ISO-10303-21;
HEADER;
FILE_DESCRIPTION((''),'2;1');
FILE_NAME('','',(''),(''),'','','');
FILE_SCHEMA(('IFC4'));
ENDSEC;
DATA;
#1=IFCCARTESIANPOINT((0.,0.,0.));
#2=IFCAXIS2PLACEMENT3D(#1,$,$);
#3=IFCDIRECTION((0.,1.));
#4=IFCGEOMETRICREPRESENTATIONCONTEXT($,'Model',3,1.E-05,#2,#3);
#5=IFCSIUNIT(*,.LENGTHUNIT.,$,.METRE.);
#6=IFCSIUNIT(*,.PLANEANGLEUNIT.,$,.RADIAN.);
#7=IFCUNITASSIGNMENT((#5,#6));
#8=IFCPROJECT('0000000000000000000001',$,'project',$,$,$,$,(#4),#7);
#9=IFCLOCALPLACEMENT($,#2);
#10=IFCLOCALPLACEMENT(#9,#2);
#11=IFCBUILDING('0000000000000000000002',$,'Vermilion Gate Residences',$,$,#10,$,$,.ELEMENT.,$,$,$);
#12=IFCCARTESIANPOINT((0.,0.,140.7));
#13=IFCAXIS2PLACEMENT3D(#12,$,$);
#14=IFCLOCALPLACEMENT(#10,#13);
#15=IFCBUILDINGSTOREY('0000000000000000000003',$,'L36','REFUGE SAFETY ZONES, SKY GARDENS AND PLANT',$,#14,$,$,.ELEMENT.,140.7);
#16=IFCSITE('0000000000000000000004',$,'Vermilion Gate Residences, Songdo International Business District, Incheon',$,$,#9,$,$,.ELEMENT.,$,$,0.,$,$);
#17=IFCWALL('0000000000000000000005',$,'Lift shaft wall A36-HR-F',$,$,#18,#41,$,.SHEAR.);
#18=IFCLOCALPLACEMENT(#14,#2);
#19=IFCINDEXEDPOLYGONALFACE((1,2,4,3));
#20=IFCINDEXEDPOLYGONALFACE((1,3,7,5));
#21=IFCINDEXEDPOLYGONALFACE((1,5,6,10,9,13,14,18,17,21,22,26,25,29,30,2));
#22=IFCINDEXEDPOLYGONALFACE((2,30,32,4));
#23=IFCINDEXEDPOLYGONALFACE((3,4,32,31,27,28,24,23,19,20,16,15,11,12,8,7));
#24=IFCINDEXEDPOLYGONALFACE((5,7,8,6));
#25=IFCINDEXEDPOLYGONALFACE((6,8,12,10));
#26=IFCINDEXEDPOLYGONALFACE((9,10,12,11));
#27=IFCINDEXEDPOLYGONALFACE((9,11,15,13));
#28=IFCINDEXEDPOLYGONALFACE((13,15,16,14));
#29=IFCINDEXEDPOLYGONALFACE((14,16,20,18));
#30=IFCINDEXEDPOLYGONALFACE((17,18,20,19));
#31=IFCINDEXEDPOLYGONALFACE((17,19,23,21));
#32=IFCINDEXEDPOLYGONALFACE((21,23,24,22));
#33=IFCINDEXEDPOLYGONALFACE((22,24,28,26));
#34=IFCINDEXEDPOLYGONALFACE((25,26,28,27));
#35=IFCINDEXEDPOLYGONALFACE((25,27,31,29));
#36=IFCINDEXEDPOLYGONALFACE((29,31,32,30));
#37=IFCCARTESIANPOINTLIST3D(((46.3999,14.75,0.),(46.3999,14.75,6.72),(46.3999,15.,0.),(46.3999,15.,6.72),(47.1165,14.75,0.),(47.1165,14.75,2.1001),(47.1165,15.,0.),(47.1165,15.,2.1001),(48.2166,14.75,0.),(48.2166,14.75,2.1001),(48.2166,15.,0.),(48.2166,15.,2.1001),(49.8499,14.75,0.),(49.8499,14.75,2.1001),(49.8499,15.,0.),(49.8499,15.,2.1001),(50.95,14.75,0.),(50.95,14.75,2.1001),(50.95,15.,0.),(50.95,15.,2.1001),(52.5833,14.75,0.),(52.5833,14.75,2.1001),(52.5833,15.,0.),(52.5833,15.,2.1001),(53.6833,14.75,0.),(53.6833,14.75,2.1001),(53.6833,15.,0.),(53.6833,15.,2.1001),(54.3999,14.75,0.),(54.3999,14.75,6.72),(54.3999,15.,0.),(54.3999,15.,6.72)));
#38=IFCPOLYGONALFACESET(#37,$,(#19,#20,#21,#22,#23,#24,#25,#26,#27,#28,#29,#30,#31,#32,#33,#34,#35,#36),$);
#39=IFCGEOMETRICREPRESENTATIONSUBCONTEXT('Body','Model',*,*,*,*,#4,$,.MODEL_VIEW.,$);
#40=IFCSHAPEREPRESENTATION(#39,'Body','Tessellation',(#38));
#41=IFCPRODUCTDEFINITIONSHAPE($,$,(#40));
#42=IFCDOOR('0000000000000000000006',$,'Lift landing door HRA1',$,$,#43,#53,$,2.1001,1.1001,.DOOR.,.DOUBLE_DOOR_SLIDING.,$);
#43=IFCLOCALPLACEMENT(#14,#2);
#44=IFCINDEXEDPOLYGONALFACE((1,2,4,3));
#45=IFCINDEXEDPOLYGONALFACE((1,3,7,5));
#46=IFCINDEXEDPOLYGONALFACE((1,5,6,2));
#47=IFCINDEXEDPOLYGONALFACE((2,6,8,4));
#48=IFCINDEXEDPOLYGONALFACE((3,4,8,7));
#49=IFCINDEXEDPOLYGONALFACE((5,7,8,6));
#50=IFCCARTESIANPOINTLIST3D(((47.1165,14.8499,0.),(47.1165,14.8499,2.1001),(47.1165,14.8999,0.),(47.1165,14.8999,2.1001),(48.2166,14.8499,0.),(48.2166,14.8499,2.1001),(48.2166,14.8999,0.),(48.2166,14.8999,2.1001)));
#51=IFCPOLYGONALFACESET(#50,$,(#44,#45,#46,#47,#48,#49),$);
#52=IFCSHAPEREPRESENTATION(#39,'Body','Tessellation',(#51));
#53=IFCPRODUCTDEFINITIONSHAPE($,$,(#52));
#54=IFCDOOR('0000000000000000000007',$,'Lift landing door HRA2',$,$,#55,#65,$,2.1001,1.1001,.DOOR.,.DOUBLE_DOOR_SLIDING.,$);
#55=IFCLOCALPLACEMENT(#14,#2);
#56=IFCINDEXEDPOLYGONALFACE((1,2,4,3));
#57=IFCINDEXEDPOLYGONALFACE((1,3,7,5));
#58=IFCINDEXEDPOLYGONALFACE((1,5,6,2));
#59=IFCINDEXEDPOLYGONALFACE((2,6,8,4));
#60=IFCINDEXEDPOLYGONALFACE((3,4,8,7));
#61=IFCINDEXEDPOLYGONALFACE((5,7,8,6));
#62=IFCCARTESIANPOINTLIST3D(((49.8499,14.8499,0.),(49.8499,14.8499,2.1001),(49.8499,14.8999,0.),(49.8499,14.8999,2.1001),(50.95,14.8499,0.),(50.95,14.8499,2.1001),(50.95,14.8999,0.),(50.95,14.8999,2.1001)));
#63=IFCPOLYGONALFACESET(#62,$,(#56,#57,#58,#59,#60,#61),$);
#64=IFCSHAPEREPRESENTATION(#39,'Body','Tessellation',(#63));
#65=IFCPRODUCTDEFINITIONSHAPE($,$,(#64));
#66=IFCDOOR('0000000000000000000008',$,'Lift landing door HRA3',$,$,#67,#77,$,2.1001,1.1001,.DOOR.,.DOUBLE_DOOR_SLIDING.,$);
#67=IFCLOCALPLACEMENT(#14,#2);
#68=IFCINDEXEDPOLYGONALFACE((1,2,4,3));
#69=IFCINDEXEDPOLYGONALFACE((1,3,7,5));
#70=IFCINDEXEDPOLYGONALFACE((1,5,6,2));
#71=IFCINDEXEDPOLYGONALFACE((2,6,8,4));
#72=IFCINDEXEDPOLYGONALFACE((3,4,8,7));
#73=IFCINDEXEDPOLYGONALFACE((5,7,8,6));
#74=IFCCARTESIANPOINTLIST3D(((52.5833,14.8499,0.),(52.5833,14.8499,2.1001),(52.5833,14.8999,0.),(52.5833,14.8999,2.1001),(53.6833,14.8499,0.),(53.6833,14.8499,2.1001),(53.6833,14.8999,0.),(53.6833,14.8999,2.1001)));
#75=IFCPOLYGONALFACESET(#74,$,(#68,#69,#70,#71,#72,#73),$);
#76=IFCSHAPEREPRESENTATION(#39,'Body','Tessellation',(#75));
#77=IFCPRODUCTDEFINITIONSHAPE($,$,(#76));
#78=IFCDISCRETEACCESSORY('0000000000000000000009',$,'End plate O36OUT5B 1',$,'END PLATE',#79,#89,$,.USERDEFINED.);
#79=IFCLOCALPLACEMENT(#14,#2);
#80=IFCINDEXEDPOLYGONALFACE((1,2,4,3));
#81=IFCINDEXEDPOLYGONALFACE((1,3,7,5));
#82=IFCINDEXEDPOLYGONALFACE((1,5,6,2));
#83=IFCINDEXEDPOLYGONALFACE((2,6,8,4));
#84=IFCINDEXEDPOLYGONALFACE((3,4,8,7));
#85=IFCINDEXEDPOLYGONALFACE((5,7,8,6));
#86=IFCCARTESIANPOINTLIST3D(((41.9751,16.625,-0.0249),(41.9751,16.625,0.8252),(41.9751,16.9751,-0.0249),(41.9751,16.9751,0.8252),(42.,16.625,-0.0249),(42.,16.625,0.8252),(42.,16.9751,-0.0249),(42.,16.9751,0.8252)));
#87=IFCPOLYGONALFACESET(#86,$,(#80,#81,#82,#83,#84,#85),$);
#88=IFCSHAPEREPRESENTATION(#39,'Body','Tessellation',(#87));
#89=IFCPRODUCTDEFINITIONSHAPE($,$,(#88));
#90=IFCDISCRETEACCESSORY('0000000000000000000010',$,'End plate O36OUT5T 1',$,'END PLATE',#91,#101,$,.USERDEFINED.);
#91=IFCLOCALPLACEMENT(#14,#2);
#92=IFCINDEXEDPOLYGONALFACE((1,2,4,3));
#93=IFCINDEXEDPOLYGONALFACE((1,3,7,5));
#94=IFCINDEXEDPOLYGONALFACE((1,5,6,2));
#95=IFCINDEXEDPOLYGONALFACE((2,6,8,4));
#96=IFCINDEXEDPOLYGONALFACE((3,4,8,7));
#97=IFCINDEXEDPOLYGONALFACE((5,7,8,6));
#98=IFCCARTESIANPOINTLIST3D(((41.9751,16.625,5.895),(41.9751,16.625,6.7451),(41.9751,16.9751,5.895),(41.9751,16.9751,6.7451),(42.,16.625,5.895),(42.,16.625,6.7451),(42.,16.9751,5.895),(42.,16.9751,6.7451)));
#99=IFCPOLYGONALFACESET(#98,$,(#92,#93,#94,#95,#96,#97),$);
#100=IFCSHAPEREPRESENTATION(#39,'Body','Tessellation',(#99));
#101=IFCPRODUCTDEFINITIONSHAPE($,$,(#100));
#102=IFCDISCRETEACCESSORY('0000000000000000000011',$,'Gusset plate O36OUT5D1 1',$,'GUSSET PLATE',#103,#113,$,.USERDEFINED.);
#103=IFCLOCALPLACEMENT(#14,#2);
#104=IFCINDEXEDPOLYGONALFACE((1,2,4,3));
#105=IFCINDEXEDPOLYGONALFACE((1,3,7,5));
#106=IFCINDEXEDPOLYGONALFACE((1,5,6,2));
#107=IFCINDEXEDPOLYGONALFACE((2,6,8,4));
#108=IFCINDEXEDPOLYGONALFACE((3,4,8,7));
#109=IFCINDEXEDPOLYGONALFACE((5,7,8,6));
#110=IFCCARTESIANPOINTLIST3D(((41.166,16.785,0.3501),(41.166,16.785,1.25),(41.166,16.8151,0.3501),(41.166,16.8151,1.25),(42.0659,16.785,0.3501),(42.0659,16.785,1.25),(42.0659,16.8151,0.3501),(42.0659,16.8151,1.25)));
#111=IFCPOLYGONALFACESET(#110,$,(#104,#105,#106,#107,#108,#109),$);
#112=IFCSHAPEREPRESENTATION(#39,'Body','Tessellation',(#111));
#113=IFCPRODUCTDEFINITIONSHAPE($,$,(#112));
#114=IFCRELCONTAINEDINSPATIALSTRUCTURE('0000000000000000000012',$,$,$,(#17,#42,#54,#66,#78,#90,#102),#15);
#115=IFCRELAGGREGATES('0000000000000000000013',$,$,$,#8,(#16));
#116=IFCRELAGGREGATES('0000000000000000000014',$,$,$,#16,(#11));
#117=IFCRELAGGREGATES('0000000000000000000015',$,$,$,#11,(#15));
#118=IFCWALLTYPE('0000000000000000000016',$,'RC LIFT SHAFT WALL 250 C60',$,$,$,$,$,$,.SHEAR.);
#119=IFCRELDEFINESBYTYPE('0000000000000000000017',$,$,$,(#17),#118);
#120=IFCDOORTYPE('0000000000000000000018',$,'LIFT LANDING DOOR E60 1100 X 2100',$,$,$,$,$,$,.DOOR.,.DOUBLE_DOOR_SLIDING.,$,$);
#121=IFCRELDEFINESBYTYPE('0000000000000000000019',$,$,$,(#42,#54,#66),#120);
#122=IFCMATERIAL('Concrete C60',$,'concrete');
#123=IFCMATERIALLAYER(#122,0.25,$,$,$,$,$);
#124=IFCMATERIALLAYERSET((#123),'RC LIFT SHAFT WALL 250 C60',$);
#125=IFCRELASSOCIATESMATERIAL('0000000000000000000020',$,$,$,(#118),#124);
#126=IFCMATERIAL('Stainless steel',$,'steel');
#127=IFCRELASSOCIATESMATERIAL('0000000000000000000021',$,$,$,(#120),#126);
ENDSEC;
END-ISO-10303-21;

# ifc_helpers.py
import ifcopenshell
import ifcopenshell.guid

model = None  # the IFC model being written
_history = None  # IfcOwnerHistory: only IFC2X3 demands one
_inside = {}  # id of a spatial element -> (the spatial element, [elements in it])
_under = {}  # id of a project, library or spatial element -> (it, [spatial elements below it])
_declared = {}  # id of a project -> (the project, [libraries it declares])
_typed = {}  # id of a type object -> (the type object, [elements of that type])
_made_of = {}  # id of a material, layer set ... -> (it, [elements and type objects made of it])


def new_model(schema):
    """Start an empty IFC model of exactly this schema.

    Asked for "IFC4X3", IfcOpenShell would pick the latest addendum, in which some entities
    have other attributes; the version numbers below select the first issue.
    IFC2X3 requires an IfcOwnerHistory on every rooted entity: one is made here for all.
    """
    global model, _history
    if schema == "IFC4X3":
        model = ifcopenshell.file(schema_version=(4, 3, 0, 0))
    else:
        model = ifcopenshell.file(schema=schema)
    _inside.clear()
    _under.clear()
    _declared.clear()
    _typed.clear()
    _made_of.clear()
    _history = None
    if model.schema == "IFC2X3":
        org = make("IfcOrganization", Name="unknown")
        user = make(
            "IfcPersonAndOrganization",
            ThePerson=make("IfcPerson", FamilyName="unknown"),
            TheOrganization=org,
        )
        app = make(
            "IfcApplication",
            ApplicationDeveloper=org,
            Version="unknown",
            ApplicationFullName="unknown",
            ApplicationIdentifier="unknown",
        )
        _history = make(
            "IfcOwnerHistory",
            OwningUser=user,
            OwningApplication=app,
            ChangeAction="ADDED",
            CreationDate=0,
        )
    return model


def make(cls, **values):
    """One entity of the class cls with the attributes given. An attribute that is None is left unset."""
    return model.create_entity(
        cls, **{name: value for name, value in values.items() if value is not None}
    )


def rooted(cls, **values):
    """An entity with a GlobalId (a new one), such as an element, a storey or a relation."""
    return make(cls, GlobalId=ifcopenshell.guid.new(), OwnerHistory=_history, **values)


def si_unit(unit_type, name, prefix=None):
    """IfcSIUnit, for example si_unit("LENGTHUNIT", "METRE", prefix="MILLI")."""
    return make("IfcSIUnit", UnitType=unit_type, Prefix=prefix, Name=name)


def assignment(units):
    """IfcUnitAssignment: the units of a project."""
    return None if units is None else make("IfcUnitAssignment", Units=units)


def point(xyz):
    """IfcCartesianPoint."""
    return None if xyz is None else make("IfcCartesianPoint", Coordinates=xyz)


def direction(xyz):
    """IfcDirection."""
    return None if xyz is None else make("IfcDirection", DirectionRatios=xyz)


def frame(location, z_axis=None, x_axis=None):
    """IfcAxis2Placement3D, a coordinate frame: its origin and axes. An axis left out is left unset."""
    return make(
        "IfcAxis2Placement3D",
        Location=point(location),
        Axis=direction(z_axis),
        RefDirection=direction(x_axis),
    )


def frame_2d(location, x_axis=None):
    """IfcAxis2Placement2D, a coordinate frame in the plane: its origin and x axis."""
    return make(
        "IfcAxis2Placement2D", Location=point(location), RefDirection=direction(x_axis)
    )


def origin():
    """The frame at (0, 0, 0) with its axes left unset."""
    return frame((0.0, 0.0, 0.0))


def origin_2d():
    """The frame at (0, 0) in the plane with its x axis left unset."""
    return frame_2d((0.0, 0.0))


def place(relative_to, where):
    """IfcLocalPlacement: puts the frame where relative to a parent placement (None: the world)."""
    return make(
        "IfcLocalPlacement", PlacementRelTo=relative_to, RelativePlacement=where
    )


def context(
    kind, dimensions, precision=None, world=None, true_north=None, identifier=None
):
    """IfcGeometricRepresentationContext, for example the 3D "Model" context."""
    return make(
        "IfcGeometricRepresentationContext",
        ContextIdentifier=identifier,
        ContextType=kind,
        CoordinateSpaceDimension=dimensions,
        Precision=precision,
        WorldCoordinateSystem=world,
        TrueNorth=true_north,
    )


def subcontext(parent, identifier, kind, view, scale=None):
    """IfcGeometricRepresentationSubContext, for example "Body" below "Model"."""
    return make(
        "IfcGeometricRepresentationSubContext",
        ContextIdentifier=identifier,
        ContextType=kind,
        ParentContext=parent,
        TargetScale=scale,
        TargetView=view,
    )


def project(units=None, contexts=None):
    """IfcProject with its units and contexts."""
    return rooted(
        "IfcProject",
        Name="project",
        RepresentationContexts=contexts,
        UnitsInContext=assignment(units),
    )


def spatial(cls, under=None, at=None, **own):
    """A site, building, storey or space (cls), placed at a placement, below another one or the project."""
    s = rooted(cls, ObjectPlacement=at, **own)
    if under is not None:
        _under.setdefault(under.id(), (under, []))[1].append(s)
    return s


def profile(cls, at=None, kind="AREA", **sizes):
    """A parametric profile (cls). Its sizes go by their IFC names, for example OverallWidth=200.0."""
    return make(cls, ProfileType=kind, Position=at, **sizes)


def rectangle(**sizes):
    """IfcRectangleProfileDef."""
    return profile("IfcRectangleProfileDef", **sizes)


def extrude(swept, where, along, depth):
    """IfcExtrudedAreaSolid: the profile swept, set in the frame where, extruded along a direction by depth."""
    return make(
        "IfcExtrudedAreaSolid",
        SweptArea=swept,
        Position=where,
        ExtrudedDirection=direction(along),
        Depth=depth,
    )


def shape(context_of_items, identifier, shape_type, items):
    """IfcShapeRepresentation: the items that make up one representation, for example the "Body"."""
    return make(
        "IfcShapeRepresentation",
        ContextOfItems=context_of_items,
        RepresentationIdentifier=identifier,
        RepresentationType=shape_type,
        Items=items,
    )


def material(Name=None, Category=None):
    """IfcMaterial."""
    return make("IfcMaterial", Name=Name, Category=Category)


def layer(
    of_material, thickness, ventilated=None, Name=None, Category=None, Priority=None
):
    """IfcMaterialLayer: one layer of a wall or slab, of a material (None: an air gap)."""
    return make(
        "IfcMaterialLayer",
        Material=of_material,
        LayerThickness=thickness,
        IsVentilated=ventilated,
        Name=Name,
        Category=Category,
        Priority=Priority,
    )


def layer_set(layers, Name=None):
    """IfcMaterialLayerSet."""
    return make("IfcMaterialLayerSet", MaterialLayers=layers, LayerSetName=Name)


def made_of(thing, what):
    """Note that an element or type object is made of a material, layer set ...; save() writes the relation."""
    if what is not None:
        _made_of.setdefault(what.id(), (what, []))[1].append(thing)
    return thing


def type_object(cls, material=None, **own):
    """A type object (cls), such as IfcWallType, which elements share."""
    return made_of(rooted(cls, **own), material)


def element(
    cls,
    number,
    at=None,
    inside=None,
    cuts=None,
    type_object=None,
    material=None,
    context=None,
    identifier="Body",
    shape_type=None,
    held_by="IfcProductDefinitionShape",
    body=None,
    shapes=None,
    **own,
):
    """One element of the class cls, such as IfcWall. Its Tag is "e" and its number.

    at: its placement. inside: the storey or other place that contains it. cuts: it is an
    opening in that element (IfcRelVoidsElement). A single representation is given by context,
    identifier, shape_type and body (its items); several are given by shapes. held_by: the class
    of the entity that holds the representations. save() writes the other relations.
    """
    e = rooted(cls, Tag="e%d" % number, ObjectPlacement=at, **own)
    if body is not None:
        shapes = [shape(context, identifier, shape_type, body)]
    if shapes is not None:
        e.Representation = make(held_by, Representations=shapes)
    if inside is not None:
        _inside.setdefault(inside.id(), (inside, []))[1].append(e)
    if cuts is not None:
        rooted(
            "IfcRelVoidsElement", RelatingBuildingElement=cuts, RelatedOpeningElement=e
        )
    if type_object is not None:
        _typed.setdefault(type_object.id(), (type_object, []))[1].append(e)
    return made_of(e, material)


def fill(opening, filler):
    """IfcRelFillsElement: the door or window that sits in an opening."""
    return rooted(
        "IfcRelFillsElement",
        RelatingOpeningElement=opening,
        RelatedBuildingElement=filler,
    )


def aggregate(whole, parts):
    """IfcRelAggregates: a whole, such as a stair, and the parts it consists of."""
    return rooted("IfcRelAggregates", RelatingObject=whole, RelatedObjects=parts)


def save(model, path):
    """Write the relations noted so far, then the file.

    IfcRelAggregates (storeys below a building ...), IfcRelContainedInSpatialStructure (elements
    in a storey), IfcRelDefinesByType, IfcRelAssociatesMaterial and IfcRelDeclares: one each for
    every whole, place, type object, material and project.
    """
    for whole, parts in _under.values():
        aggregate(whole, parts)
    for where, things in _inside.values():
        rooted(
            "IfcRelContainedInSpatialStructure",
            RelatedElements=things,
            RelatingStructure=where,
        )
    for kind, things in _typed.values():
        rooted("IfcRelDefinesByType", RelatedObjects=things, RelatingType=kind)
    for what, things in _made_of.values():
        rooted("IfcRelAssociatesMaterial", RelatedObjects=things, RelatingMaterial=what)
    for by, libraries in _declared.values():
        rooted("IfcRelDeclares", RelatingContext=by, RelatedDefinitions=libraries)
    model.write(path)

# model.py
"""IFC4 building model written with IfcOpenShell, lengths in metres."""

from ifc_helpers import new_model, si_unit, direction, frame, frame_2d, origin, origin_2d, place, context, subcontext, project, spatial, rectangle, extrude, material, layer, layer_set, type_object, element, fill, save


model = new_model("IFC4")

# Units and contexts
model_context = context("Model", 3, precision=1e-05, world=origin(), true_north=direction((0.0, 1.0)))
body_context = subcontext(model_context, "Body", "Model", "MODEL_VIEW")
ifc_project = project(units=[si_unit("LENGTHUNIT", "METRE"), si_unit("PLANEANGLEUNIT", "RADIAN")], contexts=[model_context])

# Site, building, storey
site_placement = place(None, origin())
site = spatial("IfcSite", under=ifc_project, at=site_placement, Name="Vermilion Gate Residences, Songdo International Business District, Incheon", CompositionType="ELEMENT", RefElevation=0.0)
building_placement = place(site_placement, origin())
building = spatial("IfcBuilding", under=site, at=building_placement, Name="Vermilion Gate Residences", CompositionType="ELEMENT")
storey_placement = place(building_placement, frame((0.0, 0.0, 140.7)))
storey = spatial("IfcBuildingStorey", under=building, at=storey_placement, Name="L36", Description="REFUGE SAFETY ZONES, SKY GARDENS AND PLANT", CompositionType="ELEMENT", Elevation=140.7)

# Wall, openings, doors
ifc_material_1 = material(Name="Concrete C60", Category="concrete")
ifc_layer_1 = layer(ifc_material_1, 0.25)
ifc_layer_set_1 = layer_set([ifc_layer_1], Name="RC LIFT SHAFT WALL 250 C60")
wall_type_1 = type_object("IfcWallType", Name="RC LIFT SHAFT WALL 250 C60", PredefinedType="SHEAR", material=ifc_layer_set_1)
ifc_material_2 = material(Name="Stainless steel", Category="steel")
door_type_1 = type_object("IfcDoorType", Name="LIFT LANDING DOOR E60 1100 X 2100", OperationType="DOUBLE_DOOR_SLIDING", PredefinedType="DOOR", material=ifc_material_2)
wall_1_placement = place(storey_placement, frame((46.3999, 14.875, 0.0), z_axis=(0.0, 0.0, 1.0), x_axis=(1.0, 0.0, 0.0)))
wall_1 = element("IfcWall", 1, at=wall_1_placement, inside=storey, type_object=wall_type_1, Name="Lift shaft wall A36-HR-F", PredefinedType="SHEAR", context=body_context, shape_type="SweptSolid", body=[
    extrude(rectangle(XDim=8.0, YDim=0.25, at=frame_2d((4.0, 0.0))), origin(), (0.0, 0.0, 1.0), 6.72),
])
opening_1_placement = place(wall_1_placement, frame((0.7166, 0.0, 0.0)))
opening_1 = element("IfcOpeningElement", 2, at=opening_1_placement, cuts=wall_1, PredefinedType="OPENING", context=body_context, shape_type="SweptSolid", body=[
    extrude(rectangle(XDim=1.1001, YDim=2.1001, at=frame_2d((0.55, 1.05))), frame((0.0, 0.135, 0.0), z_axis=(0.0, -1.0, 0.0), x_axis=(1.0, 0.0, 0.0)), (0.0, 0.0, 1.0), 0.27),
])
opening_2_placement = place(wall_1_placement, frame((3.45, 0.0, 0.0)))
opening_2 = element("IfcOpeningElement", 3, at=opening_2_placement, cuts=wall_1, PredefinedType="OPENING", context=body_context, shape_type="SweptSolid", body=[
    extrude(rectangle(XDim=1.1001, YDim=2.1001, at=frame_2d((0.55, 1.05))), frame((0.0, 0.135, 0.0), z_axis=(0.0, -1.0, 0.0), x_axis=(1.0, 0.0, 0.0)), (0.0, 0.0, 1.0), 0.27),
])
opening_3_placement = place(wall_1_placement, frame((6.1833, 0.0, 0.0)))
opening_3 = element("IfcOpeningElement", 4, at=opening_3_placement, cuts=wall_1, PredefinedType="OPENING", context=body_context, shape_type="SweptSolid", body=[
    extrude(rectangle(XDim=1.1001, YDim=2.1001, at=frame_2d((0.55, 1.05))), frame((0.0, 0.135, 0.0), z_axis=(0.0, -1.0, 0.0), x_axis=(1.0, 0.0, 0.0)), (0.0, 0.0, 1.0), 0.27),
])
door_1_placement = place(opening_1_placement, origin())
door_1 = element("IfcDoor", 5, at=door_1_placement, inside=storey, type_object=door_type_1, Name="Lift landing door HRA1", OperationType="DOUBLE_DOOR_SLIDING", OverallHeight=2.1001, OverallWidth=1.1001, PredefinedType="DOOR", context=body_context, shape_type="SweptSolid", body=[
    extrude(rectangle(XDim=1.1001, YDim=2.1001, at=frame_2d((0.55, 1.05))), frame((0.0, 0.0249, 0.0), z_axis=(0.0, -1.0, 0.0), x_axis=(1.0, 0.0, 0.0)), (0.0, 0.0, 1.0), 0.05),
])
fill(opening_1, door_1)
door_2_placement = place(opening_2_placement, origin())
door_2 = element("IfcDoor", 6, at=door_2_placement, inside=storey, type_object=door_type_1, Name="Lift landing door HRA2", OperationType="DOUBLE_DOOR_SLIDING", OverallHeight=2.1001, OverallWidth=1.1001, PredefinedType="DOOR", context=body_context, shape_type="SweptSolid", body=[
    extrude(rectangle(XDim=1.1001, YDim=2.1001, at=frame_2d((0.55, 1.05))), frame((0.0, 0.0249, 0.0), z_axis=(0.0, -1.0, 0.0), x_axis=(1.0, 0.0, 0.0)), (0.0, 0.0, 1.0), 0.05),
])
fill(opening_2, door_2)
door_3_placement = place(opening_3_placement, origin())
door_3 = element("IfcDoor", 7, at=door_3_placement, inside=storey, type_object=door_type_1, Name="Lift landing door HRA3", OperationType="DOUBLE_DOOR_SLIDING", OverallHeight=2.1001, OverallWidth=1.1001, PredefinedType="DOOR", context=body_context, shape_type="SweptSolid", body=[
    extrude(rectangle(XDim=1.1001, YDim=2.1001, at=frame_2d((0.55, 1.05))), frame((0.0, 0.0249, 0.0), z_axis=(0.0, -1.0, 0.0), x_axis=(1.0, 0.0, 0.0)), (0.0, 0.0, 1.0), 0.05),
])
fill(opening_3, door_3)

# Discrete accessories
for number, where, z_axis, x_axis, name in (
    (8, (41.9875, 16.8, -0.0249), (0.0, 0.0, 1.0), (1.0, 0.0, 0.0), "End plate O36OUT5B 1"),
    (9, (41.9875, 16.8, 5.895), (0.0, 0.0, 1.0), (1.0, 0.0, 0.0), "End plate O36OUT5T 1"),
):
    element("IfcDiscreteAccessory", number, at=place(storey_placement, frame(where, z_axis=z_axis, x_axis=x_axis)), inside=storey, Name=name, ObjectType="END PLATE", PredefinedType="USERDEFINED", context=body_context, shape_type="SweptSolid", body=[
        extrude(rectangle(XDim=0.0249, YDim=0.3501, at=origin_2d()), origin(), (0.0, 0.0, 1.0), 0.8501),
    ])
discrete_accessory_placement = place(storey_placement, frame((41.616, 16.8, 0.3501), z_axis=(0.0, 0.0, 1.0), x_axis=(1.0, 0.0, 0.0)))
element("IfcDiscreteAccessory", 10, at=discrete_accessory_placement, inside=storey, Name="Gusset plate O36OUT5D1 1", ObjectType="GUSSET PLATE", PredefinedType="USERDEFINED", context=body_context, shape_type="SweptSolid", body=[
    extrude(rectangle(XDim=0.8999, YDim=0.03, at=origin_2d()), origin(), (0.0, 0.0, 1.0), 0.8999),
])

save(model, "model.ifc")
